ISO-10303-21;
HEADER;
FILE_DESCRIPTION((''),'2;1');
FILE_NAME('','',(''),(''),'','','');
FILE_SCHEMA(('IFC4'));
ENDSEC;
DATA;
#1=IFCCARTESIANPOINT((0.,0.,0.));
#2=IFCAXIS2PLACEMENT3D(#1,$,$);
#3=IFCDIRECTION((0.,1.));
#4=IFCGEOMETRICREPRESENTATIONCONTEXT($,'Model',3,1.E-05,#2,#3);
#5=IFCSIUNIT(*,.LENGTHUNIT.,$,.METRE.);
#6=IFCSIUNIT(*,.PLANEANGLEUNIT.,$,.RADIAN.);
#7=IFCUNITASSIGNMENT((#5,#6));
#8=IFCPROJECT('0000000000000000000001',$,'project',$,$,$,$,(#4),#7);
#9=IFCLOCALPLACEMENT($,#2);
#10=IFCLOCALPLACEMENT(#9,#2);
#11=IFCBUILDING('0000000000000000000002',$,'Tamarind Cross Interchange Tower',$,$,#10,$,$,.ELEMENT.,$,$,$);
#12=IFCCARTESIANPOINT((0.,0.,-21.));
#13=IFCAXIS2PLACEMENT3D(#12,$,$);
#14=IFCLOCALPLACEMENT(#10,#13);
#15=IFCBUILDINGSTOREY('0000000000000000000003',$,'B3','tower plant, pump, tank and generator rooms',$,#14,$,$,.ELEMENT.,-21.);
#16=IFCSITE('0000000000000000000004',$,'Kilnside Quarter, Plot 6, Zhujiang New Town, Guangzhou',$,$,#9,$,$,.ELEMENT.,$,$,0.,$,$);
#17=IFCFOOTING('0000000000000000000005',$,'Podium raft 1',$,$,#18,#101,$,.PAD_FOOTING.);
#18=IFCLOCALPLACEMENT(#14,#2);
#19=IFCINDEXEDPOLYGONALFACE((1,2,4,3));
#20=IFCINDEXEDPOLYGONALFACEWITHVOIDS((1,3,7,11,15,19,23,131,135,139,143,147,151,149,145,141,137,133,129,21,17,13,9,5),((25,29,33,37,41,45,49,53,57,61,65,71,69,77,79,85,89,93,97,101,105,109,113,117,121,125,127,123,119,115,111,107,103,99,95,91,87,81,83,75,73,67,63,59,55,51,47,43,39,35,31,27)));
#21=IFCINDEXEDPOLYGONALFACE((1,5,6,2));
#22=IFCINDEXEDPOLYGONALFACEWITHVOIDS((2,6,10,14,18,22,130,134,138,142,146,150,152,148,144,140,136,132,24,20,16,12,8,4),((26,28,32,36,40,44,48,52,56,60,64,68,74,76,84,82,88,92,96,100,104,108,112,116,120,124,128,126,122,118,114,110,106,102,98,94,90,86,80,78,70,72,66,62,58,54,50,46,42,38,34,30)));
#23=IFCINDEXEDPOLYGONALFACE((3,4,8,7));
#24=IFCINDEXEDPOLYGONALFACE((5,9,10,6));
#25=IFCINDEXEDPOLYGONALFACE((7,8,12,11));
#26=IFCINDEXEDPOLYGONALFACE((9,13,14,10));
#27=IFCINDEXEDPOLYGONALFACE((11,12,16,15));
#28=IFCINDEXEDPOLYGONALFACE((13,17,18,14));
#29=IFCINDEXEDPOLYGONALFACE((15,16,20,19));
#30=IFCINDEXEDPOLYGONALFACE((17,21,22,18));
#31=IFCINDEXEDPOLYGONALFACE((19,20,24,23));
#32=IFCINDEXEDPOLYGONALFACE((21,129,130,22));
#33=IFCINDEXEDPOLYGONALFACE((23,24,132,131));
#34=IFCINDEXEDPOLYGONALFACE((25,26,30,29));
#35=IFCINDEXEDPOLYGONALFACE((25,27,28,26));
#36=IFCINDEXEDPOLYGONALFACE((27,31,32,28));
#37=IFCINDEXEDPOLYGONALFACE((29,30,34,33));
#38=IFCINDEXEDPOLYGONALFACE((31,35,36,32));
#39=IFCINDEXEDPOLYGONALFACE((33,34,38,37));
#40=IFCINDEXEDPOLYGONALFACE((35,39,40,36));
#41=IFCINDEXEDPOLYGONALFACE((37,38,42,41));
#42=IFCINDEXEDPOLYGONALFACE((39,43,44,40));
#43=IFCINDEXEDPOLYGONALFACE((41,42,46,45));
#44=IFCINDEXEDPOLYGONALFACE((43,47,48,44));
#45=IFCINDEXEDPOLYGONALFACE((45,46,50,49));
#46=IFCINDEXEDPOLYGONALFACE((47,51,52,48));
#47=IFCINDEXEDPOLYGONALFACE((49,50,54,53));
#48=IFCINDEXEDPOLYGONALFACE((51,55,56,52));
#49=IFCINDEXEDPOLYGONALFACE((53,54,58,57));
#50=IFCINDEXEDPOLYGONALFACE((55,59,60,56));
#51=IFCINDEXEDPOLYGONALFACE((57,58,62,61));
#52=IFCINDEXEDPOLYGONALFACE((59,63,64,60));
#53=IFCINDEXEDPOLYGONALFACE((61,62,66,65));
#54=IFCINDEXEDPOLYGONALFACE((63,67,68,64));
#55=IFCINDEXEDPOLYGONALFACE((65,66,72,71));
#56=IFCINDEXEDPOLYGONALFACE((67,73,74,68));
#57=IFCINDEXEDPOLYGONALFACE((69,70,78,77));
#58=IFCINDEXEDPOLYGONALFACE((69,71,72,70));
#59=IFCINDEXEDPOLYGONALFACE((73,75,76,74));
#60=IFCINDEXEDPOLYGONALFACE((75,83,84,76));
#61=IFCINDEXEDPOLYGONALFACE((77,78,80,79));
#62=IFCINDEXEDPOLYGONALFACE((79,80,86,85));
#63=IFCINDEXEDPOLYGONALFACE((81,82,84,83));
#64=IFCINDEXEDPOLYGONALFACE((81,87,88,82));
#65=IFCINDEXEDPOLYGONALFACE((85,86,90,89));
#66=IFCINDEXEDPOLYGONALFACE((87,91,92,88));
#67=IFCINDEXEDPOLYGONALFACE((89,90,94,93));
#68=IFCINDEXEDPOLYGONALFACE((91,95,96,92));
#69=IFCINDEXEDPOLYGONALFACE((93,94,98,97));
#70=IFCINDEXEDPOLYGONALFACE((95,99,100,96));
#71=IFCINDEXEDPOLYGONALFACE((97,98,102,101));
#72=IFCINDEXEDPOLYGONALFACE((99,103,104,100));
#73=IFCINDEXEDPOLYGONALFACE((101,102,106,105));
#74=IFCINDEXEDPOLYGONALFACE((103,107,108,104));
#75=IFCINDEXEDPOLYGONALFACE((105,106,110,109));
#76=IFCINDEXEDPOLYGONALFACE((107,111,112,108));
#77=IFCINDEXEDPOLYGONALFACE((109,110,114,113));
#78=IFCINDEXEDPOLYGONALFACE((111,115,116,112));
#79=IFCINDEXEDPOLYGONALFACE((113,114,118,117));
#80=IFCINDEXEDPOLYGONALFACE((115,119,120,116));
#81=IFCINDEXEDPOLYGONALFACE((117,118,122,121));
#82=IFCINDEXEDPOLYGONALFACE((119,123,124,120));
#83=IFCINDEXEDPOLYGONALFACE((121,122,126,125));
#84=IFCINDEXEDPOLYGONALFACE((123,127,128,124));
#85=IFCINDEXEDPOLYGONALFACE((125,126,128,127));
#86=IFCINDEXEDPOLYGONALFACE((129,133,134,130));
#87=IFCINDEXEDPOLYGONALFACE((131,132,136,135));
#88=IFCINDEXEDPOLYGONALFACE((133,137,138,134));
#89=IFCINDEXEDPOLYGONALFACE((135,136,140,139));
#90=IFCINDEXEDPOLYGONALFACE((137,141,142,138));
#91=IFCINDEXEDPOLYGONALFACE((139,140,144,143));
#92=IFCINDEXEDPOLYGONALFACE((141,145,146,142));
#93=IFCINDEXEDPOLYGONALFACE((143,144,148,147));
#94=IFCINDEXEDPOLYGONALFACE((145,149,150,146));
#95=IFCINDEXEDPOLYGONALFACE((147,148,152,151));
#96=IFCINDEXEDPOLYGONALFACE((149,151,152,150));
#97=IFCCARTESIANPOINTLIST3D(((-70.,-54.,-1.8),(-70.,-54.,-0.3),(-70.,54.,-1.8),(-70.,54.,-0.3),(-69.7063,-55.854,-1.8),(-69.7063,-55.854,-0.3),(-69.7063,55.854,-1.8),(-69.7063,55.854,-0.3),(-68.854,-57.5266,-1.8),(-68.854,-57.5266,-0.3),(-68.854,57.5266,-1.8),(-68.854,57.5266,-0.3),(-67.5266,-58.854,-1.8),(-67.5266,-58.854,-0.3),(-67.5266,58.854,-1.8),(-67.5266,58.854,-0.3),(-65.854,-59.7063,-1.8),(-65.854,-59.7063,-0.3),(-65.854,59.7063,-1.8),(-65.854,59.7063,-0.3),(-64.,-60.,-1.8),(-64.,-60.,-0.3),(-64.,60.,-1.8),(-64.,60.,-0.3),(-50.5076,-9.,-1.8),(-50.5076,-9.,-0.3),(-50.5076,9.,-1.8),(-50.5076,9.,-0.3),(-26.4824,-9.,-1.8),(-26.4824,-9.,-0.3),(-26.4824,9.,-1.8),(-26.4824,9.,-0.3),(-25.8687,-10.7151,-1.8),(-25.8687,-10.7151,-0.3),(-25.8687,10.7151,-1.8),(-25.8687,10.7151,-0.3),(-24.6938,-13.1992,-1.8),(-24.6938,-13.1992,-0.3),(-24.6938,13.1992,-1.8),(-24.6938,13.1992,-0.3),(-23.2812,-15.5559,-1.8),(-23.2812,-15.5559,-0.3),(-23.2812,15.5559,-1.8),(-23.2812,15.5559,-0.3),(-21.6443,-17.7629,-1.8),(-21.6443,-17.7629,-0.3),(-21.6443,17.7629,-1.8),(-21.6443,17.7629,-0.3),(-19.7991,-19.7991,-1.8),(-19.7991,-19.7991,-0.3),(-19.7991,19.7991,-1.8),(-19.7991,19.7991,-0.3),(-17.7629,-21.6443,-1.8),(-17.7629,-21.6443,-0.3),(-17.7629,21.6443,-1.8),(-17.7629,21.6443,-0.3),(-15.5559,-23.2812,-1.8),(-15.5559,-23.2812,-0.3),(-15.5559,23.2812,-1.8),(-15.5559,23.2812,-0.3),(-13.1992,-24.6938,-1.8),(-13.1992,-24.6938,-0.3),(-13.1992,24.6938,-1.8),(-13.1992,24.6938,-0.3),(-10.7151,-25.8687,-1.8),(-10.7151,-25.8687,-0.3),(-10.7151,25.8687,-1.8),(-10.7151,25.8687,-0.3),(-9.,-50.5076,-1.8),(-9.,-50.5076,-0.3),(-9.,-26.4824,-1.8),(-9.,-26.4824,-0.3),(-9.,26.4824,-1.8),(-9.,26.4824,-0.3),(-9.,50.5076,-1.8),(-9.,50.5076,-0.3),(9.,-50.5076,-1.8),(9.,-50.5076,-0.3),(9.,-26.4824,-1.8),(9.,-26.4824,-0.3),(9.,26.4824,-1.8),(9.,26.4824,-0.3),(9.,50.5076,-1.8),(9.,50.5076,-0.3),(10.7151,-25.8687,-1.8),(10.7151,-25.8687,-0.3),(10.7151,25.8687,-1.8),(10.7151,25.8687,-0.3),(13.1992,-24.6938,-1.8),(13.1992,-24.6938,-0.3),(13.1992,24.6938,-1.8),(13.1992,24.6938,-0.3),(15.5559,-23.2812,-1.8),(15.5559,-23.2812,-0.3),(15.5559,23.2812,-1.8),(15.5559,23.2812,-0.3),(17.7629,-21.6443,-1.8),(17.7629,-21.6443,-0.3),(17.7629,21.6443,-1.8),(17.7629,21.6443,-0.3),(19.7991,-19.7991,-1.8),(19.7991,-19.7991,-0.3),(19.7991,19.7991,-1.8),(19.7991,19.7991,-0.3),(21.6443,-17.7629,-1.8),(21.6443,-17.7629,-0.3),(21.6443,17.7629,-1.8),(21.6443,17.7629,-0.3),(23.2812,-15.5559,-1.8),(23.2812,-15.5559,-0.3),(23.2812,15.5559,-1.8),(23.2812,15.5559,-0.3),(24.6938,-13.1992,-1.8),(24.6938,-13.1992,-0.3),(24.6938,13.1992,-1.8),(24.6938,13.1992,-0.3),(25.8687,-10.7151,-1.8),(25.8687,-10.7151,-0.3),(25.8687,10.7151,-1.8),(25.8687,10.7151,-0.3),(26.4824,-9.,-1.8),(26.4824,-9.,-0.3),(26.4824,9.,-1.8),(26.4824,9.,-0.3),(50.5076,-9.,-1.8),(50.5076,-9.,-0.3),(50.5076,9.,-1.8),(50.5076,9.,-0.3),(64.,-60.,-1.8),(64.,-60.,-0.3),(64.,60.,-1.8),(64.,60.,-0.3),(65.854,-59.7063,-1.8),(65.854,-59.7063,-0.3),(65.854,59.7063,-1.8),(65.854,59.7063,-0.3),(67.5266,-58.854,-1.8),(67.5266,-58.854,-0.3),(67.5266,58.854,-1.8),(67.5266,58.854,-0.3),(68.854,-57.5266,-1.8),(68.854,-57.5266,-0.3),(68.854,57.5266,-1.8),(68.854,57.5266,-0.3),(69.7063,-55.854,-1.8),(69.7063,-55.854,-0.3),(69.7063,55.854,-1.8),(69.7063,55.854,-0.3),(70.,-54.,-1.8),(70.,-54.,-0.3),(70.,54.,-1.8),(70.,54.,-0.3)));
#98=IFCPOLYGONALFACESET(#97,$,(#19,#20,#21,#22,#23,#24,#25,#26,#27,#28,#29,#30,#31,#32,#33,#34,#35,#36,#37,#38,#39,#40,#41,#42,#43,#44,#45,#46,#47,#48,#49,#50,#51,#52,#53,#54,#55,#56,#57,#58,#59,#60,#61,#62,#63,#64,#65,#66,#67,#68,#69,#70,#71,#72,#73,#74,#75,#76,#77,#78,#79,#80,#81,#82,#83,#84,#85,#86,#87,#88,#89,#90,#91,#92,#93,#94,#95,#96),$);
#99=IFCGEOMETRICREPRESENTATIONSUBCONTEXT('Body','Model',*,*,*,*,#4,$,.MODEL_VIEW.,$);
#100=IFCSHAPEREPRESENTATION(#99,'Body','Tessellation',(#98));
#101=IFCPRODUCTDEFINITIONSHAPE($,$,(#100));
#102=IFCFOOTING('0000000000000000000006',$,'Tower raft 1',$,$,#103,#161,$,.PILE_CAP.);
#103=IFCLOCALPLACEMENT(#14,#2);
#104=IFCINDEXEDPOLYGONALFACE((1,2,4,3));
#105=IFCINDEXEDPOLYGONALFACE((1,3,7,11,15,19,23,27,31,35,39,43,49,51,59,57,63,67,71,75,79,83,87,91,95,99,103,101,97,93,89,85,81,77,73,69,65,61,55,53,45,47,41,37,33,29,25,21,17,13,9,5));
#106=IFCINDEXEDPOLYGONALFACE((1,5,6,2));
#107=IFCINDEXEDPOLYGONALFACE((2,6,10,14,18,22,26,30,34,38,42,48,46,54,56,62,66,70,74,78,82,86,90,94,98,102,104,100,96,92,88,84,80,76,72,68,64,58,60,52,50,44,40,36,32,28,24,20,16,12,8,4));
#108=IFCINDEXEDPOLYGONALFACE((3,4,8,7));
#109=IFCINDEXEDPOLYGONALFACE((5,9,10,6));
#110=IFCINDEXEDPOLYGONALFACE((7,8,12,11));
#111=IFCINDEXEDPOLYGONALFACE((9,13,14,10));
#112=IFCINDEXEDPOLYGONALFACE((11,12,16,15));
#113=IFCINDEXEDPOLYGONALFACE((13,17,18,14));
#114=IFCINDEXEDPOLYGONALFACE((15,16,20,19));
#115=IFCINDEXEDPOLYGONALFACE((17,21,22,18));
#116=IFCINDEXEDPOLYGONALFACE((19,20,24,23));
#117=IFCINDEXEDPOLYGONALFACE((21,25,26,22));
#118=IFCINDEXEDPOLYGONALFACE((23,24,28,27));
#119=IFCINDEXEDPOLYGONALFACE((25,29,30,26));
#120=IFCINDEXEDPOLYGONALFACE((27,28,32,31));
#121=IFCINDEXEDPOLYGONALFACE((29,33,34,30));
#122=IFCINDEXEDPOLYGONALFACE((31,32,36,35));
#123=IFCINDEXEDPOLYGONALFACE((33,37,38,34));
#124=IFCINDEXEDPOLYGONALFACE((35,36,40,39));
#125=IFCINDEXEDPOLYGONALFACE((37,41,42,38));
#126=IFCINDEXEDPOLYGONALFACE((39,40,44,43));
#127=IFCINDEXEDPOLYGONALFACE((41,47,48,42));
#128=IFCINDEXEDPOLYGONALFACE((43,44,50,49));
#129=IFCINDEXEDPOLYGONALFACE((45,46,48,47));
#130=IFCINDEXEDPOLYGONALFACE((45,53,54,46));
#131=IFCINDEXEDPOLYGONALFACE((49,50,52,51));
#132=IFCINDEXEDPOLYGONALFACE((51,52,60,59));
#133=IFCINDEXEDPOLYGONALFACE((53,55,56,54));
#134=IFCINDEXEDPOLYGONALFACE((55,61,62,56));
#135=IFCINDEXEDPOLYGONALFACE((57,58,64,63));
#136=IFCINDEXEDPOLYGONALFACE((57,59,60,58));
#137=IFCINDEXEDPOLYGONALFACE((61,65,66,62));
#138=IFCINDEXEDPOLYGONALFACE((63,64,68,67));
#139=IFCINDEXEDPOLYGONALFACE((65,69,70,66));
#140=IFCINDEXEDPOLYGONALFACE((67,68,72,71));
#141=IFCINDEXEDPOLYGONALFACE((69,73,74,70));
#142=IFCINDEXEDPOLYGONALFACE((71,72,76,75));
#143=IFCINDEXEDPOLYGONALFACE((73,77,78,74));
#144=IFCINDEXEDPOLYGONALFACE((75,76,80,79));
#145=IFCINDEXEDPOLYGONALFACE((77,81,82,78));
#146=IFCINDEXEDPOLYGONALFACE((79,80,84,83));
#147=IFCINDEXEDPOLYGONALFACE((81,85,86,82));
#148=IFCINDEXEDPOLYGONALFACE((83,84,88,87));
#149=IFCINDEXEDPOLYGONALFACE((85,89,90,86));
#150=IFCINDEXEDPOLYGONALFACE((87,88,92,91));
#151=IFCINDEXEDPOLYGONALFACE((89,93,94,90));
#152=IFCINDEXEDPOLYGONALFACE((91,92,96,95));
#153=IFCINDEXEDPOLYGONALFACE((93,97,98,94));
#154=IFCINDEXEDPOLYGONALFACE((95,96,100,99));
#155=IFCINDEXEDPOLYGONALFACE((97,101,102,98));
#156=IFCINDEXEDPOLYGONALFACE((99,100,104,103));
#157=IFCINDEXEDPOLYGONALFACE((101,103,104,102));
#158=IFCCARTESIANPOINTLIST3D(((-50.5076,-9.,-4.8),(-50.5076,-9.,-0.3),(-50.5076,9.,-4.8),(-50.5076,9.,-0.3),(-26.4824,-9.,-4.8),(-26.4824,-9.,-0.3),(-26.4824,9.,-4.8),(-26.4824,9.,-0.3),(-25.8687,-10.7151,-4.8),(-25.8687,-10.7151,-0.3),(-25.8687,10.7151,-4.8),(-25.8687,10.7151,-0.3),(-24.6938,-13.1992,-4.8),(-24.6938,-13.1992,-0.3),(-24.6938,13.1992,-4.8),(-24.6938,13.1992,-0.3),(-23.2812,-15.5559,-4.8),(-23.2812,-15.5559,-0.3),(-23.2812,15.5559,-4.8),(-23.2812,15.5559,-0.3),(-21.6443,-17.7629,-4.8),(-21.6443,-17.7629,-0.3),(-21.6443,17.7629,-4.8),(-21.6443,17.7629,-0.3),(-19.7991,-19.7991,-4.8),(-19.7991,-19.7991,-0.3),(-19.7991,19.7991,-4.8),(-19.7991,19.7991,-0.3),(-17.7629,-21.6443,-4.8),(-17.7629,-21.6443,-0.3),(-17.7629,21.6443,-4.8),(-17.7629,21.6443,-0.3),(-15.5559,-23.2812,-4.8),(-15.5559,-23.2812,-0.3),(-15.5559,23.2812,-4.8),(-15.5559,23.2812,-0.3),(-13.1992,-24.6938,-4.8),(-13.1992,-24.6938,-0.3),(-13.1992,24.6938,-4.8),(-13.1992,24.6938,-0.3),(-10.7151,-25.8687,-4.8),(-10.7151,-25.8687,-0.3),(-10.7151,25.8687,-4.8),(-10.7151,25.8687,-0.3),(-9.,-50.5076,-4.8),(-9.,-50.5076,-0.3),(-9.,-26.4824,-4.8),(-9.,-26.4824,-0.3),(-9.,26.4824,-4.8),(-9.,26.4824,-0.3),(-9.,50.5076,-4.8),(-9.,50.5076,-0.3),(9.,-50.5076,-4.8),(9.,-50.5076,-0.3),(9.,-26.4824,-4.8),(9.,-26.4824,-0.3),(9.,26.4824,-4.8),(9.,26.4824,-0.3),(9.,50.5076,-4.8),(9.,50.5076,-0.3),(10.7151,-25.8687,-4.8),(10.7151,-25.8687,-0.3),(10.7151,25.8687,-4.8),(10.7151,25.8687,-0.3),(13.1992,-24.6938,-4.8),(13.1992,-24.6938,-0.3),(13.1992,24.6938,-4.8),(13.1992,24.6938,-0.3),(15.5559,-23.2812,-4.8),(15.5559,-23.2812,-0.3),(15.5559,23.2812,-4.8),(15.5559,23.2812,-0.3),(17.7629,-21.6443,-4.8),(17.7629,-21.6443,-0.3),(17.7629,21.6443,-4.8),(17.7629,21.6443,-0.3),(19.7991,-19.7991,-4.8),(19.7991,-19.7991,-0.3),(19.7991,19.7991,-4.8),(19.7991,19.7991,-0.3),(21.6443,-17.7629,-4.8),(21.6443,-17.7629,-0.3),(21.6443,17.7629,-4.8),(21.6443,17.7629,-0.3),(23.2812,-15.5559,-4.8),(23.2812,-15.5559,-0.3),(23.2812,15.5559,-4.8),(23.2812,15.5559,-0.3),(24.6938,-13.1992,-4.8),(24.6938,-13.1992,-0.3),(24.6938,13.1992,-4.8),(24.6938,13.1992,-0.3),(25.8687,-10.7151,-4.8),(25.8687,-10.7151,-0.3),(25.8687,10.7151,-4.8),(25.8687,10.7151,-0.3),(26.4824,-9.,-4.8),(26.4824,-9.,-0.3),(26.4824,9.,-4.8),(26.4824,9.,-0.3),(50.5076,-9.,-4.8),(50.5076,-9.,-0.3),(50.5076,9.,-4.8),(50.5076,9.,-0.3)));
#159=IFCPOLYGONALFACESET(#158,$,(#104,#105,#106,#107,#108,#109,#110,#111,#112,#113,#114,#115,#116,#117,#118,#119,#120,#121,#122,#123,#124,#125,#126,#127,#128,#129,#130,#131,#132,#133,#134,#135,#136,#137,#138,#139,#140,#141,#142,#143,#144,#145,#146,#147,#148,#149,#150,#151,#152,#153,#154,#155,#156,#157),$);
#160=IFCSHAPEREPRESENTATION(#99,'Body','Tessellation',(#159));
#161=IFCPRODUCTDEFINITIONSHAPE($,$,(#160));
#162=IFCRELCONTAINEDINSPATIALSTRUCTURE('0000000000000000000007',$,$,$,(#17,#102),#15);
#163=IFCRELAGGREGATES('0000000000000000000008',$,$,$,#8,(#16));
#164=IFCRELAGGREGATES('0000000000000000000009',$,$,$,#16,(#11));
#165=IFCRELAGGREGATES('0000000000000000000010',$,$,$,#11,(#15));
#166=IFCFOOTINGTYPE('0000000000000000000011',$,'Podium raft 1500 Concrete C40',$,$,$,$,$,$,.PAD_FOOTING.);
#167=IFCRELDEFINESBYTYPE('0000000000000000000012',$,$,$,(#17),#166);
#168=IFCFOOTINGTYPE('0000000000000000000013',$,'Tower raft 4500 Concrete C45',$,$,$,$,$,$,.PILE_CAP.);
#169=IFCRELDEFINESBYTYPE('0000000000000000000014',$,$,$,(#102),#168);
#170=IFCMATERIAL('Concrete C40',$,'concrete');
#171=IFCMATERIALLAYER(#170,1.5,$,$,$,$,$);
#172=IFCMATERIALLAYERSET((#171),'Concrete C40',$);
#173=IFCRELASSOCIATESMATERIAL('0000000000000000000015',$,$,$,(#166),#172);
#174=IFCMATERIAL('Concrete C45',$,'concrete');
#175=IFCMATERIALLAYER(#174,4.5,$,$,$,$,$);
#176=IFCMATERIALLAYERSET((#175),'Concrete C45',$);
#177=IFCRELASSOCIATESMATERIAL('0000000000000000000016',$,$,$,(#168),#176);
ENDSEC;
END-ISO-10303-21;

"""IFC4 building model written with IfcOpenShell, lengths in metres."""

from ifc_helpers import new_model, si_unit, direction, frame, origin, place, context, subcontext, project, spatial, polyline, outline, extrude, material, layer, layer_set, type_object, element, save


model = new_model("IFC4")

# Units and contexts
model_context = context("Model", 3, precision=1e-05, world=origin(), true_north=direction((0.0, 1.0)))
body_context = subcontext(model_context, "Body", "Model", "MODEL_VIEW")
ifc_project = project(units=[si_unit("LENGTHUNIT", "METRE"), si_unit("PLANEANGLEUNIT", "RADIAN")], contexts=[model_context])

# Site, building, storey
site_placement = place(None, origin())
site = spatial("IfcSite", under=ifc_project, at=site_placement, Name="Kilnside Quarter, Plot 6, Zhujiang New Town, Guangzhou", CompositionType="ELEMENT", RefElevation=0.0)
building_placement = place(site_placement, origin())
building = spatial("IfcBuilding", under=site, at=building_placement, Name="Tamarind Cross Interchange Tower", CompositionType="ELEMENT")
storey_placement = place(building_placement, frame((0.0, 0.0, -21.0)))
storey = spatial("IfcBuildingStorey", under=building, at=storey_placement, Name="B3", Description="tower plant, pump, tank and generator rooms", CompositionType="ELEMENT", Elevation=-21.0)

# Shared definitions
ifc_material_1 = material(Name="Concrete C45", Category="concrete")

# Footings
ifc_material_2 = material(Name="Concrete C40", Category="concrete")
ifc_layer_1 = layer(ifc_material_2, 1.5)
ifc_layer_set_1 = layer_set([ifc_layer_1], Name="Concrete C40")
footing_type_1 = type_object("IfcFootingType", Name="Podium raft 1500 Concrete C40", PredefinedType="PAD_FOOTING", material=ifc_layer_set_1)
footing_1_placement = place(storey_placement, frame((0.0, 0.0, -1.8)))
element("IfcFooting", 1, at=footing_1_placement, inside=storey, type_object=footing_type_1, Name="Podium raft 1", PredefinedType="PAD_FOOTING", context=body_context, shape_type="SweptSolid", body=[
    extrude(outline(polyline([(-64.0, -60.0), (64.0, -60.0), (65.854, -59.7063), (67.5266, -58.854), (68.854, -57.5266), (69.7063, -55.854), (70.0, -54.0), (70.0, 54.0), (69.7063, 55.854), (68.854, 57.5266), (67.5266, 58.854), (65.854, 59.7063), (64.0, 60.0), (-64.0, 60.0), (-65.854, 59.7063), (-67.5266, 58.854), (-68.854, 57.5266), (-69.7063, 55.854), (-70.0, 54.0), (-70.0, -54.0), (-69.7063, -55.854), (-68.854, -57.5266), (-67.5266, -58.854), (-65.854, -59.7063), (-64.0, -60.0)]), holes=[polyline([(9.0, -26.4824), (9.0, -50.5076), (-9.0, -50.5076), (-9.0, -26.4824), (-10.7151, -25.8687), (-13.1992, -24.6938), (-15.5559, -23.2812), (-17.7629, -21.6443), (-19.7991, -19.7991), (-21.6443, -17.7629), (-23.2812, -15.5559), (-24.6938, -13.1992), (-25.8687, -10.7151), (-26.4824, -9.0), (-50.5076, -9.0), (-50.5076, 9.0), (-26.4824, 9.0), (-25.8687, 10.7151), (-24.6938, 13.1992), (-23.2812, 15.5559), (-21.6443, 17.7629), (-19.7991, 19.7991), (-17.7629, 21.6443), (-15.5559, 23.2812), (-13.1992, 24.6938), (-10.7151, 25.8687), (-9.0, 26.4824), (-9.0, 50.5076), (9.0, 50.5076), (9.0, 26.4824), (10.7151, 25.8687), (13.1992, 24.6938), (15.5559, 23.2812), (17.7629, 21.6443), (19.7991, 19.7991), (21.6443, 17.7629), (23.2812, 15.5559), (24.6938, 13.1992), (25.8687, 10.7151), (26.4824, 9.0), (50.5076, 9.0), (50.5076, -9.0), (26.4824, -9.0), (25.8687, -10.7151), (24.6938, -13.1992), (23.2812, -15.5559), (21.6443, -17.7629), (19.7991, -19.7991), (17.7629, -21.6443), (15.5559, -23.2812), (13.1992, -24.6938), (10.7151, -25.8687), (9.0, -26.4824)])]), origin(), (0.0, 0.0, 1.0), 1.5),
])
ifc_layer_2 = layer(ifc_material_1, 4.5)
ifc_layer_set_2 = layer_set([ifc_layer_2], Name="Concrete C45")
footing_type_2 = type_object("IfcFootingType", Name="Tower raft 4500 Concrete C45", PredefinedType="PILE_CAP", material=ifc_layer_set_2)
footing_2_placement = place(storey_placement, frame((0.0, 0.0, -4.8)))
element("IfcFooting", 2, at=footing_2_placement, inside=storey, type_object=footing_type_2, Name="Tower raft 1", PredefinedType="PILE_CAP", context=body_context, shape_type="SweptSolid", body=[
    extrude(outline(polyline([(9.0, -50.5076), (9.0, -26.4824), (10.7151, -25.8687), (13.1992, -24.6938), (15.5559, -23.2812), (17.7629, -21.6443), (19.7991, -19.7991), (21.6443, -17.7629), (23.2812, -15.5559), (24.6938, -13.1992), (25.8687, -10.7151), (26.4824, -9.0), (50.5076, -9.0), (50.5076, 9.0), (26.4824, 9.0), (25.8687, 10.7151), (24.6938, 13.1992), (23.2812, 15.5559), (21.6443, 17.7629), (19.7991, 19.7991), (17.7629, 21.6443), (15.5559, 23.2812), (13.1992, 24.6938), (10.7151, 25.8687), (9.0, 26.4824), (9.0, 50.5076), (-9.0, 50.5076), (-9.0, 26.4824), (-10.7151, 25.8687), (-13.1992, 24.6938), (-15.5559, 23.2812), (-17.7629, 21.6443), (-19.7991, 19.7991), (-21.6443, 17.7629), (-23.2812, 15.5559), (-24.6938, 13.1992), (-25.8687, 10.7151), (-26.4824, 9.0), (-50.5076, 9.0), (-50.5076, -9.0), (-26.4824, -9.0), (-25.8687, -10.7151), (-24.6938, -13.1992), (-23.2812, -15.5559), (-21.6443, -17.7629), (-19.7991, -19.7991), (-17.7629, -21.6443), (-15.5559, -23.2812), (-13.1992, -24.6938), (-10.7151, -25.8687), (-9.0, -26.4824), (-9.0, -50.5076), (9.0, -50.5076)])), origin(), (0.0, 0.0, 1.0), 4.5),
])

save(model, "model.ifc")
